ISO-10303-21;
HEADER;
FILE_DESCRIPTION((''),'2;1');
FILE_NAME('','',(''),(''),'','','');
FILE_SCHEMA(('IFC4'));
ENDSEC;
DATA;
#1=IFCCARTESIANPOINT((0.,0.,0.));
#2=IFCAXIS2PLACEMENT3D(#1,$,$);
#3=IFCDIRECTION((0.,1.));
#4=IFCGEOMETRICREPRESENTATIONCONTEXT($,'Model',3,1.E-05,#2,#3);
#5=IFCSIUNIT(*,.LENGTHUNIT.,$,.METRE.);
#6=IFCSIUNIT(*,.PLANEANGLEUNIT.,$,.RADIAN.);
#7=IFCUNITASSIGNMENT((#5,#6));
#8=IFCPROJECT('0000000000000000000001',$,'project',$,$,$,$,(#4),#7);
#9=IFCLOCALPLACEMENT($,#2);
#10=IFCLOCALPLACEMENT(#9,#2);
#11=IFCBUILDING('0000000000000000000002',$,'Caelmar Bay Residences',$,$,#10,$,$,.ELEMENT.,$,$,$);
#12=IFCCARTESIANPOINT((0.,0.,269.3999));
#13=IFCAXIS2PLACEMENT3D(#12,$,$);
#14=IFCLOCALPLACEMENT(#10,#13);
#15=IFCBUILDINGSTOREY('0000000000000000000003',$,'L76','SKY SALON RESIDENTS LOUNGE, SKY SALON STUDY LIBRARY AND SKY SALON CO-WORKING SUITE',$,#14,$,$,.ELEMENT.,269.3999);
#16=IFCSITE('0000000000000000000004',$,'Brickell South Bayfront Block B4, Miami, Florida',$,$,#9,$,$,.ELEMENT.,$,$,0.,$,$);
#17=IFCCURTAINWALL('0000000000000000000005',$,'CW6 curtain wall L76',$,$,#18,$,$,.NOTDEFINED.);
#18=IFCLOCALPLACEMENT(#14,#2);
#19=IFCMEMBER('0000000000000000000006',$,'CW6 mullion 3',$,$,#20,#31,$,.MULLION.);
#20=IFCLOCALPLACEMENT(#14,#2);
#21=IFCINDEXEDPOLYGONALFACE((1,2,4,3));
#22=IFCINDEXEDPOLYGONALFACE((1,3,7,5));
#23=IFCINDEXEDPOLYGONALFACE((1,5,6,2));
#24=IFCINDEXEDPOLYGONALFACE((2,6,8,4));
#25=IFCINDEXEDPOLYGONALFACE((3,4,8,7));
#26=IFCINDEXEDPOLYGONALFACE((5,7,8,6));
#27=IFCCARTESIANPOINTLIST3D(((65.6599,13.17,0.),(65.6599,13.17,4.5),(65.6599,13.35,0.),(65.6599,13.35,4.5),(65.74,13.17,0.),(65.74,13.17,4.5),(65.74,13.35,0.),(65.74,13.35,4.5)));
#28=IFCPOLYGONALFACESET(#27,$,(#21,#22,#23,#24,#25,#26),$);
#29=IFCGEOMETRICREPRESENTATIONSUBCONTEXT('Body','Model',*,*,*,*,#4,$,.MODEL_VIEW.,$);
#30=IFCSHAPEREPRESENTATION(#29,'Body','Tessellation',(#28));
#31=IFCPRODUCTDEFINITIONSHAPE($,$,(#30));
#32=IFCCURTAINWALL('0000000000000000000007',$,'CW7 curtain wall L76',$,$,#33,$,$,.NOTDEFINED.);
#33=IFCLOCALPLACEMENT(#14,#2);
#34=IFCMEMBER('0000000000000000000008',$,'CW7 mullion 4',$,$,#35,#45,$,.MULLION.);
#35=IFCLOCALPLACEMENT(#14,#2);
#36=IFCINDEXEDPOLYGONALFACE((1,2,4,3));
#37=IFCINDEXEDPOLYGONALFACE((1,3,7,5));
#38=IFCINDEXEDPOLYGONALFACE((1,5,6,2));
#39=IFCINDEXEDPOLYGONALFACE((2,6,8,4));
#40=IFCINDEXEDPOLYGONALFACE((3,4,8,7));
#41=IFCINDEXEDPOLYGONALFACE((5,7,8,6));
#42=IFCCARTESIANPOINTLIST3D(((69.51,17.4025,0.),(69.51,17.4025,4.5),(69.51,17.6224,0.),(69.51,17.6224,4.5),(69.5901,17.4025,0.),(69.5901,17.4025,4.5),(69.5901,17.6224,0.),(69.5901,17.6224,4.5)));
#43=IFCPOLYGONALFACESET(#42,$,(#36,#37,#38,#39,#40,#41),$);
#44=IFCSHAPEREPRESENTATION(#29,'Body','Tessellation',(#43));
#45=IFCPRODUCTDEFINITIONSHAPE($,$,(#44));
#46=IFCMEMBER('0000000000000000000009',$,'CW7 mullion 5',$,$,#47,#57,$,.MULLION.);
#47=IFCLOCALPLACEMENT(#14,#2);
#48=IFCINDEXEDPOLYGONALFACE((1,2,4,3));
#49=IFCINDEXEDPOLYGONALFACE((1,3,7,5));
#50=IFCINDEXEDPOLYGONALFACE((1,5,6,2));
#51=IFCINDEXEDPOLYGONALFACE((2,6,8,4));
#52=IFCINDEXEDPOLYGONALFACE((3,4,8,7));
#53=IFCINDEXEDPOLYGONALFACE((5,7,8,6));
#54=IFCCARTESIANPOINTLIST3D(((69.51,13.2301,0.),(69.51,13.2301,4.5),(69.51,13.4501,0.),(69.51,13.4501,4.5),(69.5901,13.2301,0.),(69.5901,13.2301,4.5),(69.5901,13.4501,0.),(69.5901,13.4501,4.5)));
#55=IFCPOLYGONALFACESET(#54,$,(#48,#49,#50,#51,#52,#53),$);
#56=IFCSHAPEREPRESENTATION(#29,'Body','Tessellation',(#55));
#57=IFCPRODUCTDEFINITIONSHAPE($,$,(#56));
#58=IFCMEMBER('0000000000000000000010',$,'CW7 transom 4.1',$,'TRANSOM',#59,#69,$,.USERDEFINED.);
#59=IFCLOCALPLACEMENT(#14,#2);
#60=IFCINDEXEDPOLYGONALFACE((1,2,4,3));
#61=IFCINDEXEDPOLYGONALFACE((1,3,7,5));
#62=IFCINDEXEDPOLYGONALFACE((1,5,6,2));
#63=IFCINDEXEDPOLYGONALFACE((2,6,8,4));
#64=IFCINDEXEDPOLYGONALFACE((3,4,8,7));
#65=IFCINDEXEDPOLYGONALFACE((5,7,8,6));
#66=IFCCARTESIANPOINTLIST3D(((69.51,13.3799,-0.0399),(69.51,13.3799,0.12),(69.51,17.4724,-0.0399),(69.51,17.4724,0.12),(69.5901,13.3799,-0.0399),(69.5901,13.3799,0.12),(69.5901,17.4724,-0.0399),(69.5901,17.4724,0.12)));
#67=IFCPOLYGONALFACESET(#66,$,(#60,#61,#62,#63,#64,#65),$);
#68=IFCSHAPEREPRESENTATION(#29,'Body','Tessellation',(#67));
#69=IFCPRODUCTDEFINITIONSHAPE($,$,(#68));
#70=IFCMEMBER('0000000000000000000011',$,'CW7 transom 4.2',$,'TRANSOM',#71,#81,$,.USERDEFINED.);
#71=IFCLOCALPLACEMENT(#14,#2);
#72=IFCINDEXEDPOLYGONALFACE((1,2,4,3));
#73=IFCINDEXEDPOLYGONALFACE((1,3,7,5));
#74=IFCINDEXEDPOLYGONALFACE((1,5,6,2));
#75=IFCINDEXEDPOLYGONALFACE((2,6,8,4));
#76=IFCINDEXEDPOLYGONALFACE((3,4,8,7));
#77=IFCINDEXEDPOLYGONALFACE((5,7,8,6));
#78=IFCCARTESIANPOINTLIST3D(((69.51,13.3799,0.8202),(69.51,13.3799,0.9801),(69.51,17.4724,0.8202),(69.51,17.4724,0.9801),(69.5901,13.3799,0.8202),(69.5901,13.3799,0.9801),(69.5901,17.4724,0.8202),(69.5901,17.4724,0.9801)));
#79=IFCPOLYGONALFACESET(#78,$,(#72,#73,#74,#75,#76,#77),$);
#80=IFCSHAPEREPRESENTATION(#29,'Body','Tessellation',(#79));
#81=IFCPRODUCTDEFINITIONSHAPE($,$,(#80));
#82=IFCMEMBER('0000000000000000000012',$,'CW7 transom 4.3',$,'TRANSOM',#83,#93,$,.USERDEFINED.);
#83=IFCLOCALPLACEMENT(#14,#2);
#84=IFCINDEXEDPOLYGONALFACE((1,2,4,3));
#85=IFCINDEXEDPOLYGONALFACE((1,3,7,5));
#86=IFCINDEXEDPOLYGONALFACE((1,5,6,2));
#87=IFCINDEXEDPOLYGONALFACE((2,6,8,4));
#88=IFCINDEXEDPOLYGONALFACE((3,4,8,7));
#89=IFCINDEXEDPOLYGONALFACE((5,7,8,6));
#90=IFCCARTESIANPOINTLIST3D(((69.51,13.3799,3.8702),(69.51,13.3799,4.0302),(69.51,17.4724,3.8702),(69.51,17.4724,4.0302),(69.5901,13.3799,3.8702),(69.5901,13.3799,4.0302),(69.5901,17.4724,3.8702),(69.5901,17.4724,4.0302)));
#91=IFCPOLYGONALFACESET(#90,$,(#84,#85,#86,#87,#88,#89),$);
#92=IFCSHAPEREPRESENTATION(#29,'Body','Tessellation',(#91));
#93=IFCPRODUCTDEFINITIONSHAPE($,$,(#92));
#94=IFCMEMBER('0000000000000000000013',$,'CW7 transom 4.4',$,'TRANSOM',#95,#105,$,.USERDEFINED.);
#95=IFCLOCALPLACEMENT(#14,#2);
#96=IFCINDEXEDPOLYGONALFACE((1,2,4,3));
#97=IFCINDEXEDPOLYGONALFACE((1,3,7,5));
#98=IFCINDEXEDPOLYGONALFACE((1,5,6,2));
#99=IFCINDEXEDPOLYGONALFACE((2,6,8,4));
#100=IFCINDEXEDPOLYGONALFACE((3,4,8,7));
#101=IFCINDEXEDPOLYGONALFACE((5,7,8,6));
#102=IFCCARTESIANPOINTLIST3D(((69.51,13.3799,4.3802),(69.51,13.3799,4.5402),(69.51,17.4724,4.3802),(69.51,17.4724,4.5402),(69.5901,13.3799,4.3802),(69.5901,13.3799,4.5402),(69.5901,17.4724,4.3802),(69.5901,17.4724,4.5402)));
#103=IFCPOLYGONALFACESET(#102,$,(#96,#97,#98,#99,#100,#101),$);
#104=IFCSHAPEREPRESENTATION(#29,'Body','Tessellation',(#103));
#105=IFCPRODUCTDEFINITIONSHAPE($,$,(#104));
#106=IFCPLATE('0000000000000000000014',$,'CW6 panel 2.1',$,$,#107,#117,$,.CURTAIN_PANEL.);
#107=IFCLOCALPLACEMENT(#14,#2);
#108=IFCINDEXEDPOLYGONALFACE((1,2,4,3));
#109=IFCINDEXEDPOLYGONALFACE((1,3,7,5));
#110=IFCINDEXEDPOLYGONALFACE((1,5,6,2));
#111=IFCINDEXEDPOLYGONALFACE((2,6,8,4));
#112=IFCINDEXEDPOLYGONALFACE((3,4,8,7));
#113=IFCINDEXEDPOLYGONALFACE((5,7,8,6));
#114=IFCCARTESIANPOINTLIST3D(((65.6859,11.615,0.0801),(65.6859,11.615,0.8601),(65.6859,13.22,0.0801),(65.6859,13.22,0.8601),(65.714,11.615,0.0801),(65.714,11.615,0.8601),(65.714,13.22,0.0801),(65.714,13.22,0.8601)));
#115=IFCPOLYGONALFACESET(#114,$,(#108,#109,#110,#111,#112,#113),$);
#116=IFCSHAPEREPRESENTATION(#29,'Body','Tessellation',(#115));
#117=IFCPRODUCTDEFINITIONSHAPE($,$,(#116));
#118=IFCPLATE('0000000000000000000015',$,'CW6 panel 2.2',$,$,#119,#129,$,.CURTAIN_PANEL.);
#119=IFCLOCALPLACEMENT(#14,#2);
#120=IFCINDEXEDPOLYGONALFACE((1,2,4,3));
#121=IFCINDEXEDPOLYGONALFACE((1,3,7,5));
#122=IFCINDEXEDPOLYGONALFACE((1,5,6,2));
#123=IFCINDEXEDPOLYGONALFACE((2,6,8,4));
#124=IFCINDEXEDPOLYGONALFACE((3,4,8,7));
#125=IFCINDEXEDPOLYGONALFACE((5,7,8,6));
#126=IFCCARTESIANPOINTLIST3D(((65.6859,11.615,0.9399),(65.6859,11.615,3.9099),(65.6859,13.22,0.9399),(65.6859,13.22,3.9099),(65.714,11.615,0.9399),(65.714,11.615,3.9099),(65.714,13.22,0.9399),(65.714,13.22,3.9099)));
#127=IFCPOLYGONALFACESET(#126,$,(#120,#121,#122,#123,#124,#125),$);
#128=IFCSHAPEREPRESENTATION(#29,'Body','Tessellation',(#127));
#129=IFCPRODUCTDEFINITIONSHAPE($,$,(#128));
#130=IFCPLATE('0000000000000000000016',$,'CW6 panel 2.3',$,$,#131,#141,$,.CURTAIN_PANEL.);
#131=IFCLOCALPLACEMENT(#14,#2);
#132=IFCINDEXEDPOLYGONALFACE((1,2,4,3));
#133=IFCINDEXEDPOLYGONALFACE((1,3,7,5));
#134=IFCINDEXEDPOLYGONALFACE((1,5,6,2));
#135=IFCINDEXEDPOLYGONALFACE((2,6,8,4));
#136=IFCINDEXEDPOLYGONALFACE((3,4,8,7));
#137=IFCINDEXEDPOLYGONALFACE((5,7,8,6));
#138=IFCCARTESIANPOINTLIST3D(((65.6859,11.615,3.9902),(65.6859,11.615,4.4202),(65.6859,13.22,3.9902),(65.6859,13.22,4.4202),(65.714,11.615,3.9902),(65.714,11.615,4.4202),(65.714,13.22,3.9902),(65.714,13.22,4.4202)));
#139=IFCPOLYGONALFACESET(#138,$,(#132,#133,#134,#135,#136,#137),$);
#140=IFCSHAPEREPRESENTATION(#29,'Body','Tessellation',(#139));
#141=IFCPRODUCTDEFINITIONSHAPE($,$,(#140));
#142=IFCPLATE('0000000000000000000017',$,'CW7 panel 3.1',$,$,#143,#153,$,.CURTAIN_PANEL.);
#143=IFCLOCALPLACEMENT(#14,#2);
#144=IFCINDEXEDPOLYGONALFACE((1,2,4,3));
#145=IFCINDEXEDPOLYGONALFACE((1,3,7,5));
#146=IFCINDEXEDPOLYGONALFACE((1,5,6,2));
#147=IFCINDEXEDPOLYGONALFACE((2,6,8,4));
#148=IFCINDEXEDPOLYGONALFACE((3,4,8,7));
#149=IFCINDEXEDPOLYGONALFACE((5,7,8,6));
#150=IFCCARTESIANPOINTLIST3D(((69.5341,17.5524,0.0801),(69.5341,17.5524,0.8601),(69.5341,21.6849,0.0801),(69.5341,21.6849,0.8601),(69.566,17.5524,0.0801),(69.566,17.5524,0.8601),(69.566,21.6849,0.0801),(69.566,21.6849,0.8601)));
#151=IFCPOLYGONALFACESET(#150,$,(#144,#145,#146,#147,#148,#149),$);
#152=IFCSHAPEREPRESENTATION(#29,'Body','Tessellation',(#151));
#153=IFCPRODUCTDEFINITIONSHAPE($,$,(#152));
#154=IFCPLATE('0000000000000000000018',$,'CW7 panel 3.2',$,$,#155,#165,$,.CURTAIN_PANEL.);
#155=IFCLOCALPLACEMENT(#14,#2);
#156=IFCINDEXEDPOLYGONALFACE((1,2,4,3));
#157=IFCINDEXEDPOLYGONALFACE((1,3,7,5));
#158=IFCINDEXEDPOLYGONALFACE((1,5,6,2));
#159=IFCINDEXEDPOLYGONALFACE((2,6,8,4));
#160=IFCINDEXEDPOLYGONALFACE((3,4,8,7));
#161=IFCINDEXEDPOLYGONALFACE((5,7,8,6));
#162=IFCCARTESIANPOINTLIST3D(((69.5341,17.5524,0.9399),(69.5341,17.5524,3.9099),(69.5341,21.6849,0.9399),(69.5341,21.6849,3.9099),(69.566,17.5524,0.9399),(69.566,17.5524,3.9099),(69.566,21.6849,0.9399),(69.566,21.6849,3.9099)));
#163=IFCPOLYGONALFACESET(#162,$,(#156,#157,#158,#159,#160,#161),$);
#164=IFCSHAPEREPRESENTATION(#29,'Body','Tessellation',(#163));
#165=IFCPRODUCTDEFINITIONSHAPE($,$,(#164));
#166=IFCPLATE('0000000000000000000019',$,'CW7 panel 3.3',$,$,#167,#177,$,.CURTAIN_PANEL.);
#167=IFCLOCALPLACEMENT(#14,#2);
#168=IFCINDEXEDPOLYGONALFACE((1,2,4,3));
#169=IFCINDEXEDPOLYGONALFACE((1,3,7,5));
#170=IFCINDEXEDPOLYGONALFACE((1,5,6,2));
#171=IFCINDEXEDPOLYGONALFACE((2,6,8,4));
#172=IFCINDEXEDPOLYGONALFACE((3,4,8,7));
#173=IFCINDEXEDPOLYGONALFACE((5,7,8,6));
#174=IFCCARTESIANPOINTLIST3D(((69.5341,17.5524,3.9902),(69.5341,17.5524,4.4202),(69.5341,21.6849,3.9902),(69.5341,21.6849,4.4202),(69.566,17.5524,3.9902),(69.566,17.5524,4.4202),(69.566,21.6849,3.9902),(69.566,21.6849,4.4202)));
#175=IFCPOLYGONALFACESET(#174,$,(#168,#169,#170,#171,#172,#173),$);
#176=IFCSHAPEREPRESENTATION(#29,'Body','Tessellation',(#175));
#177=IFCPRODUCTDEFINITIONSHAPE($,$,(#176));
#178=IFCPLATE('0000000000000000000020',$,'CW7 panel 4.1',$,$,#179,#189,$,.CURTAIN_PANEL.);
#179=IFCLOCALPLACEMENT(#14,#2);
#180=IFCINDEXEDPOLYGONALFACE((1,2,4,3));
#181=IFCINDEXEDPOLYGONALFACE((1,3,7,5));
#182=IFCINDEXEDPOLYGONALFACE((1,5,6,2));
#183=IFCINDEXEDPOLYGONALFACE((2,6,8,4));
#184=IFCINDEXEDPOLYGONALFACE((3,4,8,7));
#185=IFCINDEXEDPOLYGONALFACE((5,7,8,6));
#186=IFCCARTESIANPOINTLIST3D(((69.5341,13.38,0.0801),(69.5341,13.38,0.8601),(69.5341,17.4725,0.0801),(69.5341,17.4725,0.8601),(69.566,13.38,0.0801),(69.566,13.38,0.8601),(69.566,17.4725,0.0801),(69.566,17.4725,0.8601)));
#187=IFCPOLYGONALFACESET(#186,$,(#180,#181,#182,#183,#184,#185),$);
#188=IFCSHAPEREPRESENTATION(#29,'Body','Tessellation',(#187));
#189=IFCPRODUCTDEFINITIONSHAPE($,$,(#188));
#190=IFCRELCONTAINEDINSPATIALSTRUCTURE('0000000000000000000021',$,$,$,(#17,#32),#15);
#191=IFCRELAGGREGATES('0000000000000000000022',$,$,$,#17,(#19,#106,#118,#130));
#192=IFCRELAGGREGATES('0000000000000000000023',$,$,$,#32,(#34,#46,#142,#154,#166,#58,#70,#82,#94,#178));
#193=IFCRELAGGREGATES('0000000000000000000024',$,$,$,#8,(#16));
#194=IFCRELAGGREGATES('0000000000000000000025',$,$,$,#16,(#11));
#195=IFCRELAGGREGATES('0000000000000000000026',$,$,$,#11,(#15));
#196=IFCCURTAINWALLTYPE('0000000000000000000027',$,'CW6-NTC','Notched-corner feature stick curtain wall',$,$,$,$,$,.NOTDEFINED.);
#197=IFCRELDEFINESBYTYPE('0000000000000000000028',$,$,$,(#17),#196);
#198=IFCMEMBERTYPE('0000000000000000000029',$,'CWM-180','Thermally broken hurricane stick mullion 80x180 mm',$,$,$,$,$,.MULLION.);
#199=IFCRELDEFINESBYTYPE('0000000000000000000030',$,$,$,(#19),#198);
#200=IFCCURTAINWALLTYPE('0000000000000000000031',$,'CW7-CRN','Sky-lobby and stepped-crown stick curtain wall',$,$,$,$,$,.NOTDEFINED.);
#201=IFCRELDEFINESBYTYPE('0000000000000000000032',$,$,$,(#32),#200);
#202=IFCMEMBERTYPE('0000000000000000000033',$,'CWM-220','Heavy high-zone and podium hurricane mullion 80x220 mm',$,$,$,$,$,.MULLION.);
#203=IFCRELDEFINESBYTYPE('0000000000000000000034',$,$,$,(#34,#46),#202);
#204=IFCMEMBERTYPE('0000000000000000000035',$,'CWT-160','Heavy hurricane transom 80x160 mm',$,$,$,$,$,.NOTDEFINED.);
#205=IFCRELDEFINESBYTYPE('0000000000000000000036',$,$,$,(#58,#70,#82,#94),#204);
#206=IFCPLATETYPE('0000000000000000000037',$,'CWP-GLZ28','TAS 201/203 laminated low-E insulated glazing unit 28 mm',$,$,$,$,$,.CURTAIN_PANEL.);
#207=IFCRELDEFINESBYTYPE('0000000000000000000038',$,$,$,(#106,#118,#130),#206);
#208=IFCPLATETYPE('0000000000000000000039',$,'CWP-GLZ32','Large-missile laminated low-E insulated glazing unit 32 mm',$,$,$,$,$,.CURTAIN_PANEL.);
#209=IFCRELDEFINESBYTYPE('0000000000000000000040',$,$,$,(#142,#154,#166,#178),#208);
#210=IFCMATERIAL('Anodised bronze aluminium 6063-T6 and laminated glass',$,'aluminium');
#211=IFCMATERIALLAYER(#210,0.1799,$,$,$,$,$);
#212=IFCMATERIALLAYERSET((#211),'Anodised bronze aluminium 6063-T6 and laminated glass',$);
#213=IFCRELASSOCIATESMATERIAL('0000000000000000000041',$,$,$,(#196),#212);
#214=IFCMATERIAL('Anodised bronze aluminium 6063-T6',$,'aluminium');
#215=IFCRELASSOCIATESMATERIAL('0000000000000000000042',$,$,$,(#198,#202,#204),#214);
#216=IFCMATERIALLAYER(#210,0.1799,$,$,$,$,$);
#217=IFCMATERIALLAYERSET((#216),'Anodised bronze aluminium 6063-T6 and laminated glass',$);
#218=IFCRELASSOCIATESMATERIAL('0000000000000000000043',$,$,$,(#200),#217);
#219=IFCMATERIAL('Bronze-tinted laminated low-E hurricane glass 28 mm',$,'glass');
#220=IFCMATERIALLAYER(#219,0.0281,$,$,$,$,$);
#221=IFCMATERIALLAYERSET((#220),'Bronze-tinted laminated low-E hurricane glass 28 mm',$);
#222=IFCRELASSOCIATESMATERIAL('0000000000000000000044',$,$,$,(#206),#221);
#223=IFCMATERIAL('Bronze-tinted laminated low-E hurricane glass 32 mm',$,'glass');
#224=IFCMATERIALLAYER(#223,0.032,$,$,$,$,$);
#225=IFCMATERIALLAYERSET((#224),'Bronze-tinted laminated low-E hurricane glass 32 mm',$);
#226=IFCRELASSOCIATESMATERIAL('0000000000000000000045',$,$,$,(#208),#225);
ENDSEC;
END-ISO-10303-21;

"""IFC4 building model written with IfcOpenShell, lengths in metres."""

from ifc_helpers import new_model, si_unit, direction, frame, origin, origin_2d, place, context, subcontext, project, spatial, rectangle, extrude, material, layer, layer_set, material_profile, profile_set, type_object, element, aggregate, save


model = new_model("IFC4")

# Units and contexts
model_context = context("Model", 3, precision=1e-05, world=origin(), true_north=direction((0.0, 1.0)))
body_context = subcontext(model_context, "Body", "Model", "MODEL_VIEW")
ifc_project = project(units=[si_unit("LENGTHUNIT", "METRE"), si_unit("PLANEANGLEUNIT", "RADIAN")], contexts=[model_context])

# Site, building, storey
site_placement = place(None, origin())
site = spatial("IfcSite", under=ifc_project, at=site_placement, Name="Brickell South Bayfront Block B4, Miami, Florida", CompositionType="ELEMENT", RefElevation=0.0)
building_placement = place(site_placement, origin())
building = spatial("IfcBuilding", under=site, at=building_placement, Name="Caelmar Bay Residences", CompositionType="ELEMENT")
storey_placement = place(building_placement, frame((0.0, 0.0, 269.3999)))
storey = spatial("IfcBuildingStorey", under=building, at=storey_placement, Name="L76", Description="SKY SALON RESIDENTS LOUNGE, SKY SALON STUDY LIBRARY AND SKY SALON CO-WORKING SUITE", CompositionType="ELEMENT", Elevation=269.3999)

# Curtain wall, member
ifc_material_1 = material(Name="Anodised bronze aluminium 6063-T6 and laminated glass", Category="aluminium")
ifc_layer_1 = layer(ifc_material_1, 0.1799)
ifc_layer_set_1 = layer_set([ifc_layer_1], Name="Anodised bronze aluminium 6063-T6 and laminated glass")
curtain_wall_type_1 = type_object("IfcCurtainWallType", Name="CW6-NTC", Description="Notched-corner feature stick curtain wall", PredefinedType="NOTDEFINED", material=ifc_layer_set_1)
curtain_wall_1_placement = place(storey_placement, origin())
curtain_wall_1 = element("IfcCurtainWall", 1, at=curtain_wall_1_placement, inside=storey, type_object=curtain_wall_type_1, Name="CW6 curtain wall L76", PredefinedType="NOTDEFINED")
ifc_material_2 = material(Name="Anodised bronze aluminium 6063-T6", Category="aluminium")
ifc_material_profile_1 = material_profile(ifc_material_2, rectangle(XDim=0.0801, YDim=0.1799, at=origin_2d()), Name="CWM-80X180")
ifc_profile_set_1 = profile_set([ifc_material_profile_1], Name="Anodised bronze aluminium 6063-T6")
member_type_1 = type_object("IfcMemberType", Name="CWM-180", Description="Thermally broken hurricane stick mullion 80x180 mm", PredefinedType="MULLION", material=ifc_profile_set_1)
member_1_placement = place(storey_placement, frame((65.7, 13.26, 0.0), z_axis=(0.0, 0.0, 1.0), x_axis=(-1.0, 0.0, 0.0)))
member_1 = element("IfcMember", 2, at=member_1_placement, type_object=member_type_1, Name="CW6 mullion 3", PredefinedType="MULLION", context=body_context, shape_type="SweptSolid", body=[
    extrude(rectangle(XDim=0.0801, YDim=0.1799, at=origin_2d()), origin(), (0.0, 0.0, 1.0), 4.5),
])

# Curtain wall, members
ifc_layer_2 = layer(ifc_material_1, 0.1799)
ifc_layer_set_2 = layer_set([ifc_layer_2], Name="Anodised bronze aluminium 6063-T6 and laminated glass")
curtain_wall_type_2 = type_object("IfcCurtainWallType", Name="CW7-CRN", Description="Sky-lobby and stepped-crown stick curtain wall", PredefinedType="NOTDEFINED", material=ifc_layer_set_2)
curtain_wall_2_placement = place(storey_placement, origin())
curtain_wall_2 = element("IfcCurtainWall", 3, at=curtain_wall_2_placement, inside=storey, type_object=curtain_wall_type_2, Name="CW7 curtain wall L76", PredefinedType="NOTDEFINED")
ifc_material_profile_2 = material_profile(ifc_material_2, rectangle(XDim=0.0801, YDim=0.22, at=origin_2d()), Name="CWM-80X220")
ifc_profile_set_2 = profile_set([ifc_material_profile_2], Name="Anodised bronze aluminium 6063-T6")
member_type_2 = type_object("IfcMemberType", Name="CWM-220", Description="Heavy high-zone and podium hurricane mullion 80x220 mm", PredefinedType="MULLION", material=ifc_profile_set_2)
member_2_placement = place(storey_placement, frame((69.55, 17.5125, 0.0), z_axis=(0.0, 0.0, 1.0), x_axis=(1.0, 0.0, 0.0)))
member_2 = element("IfcMember", 4, at=member_2_placement, type_object=member_type_2, Name="CW7 mullion 4", PredefinedType="MULLION", context=body_context, shape_type="SweptSolid", body=[
    extrude(rectangle(XDim=0.0801, YDim=0.22, at=origin_2d()), origin(), (0.0, 0.0, 1.0), 4.5),
])
member_3_placement = place(storey_placement, frame((69.55, 13.3401, 0.0), z_axis=(0.0, 0.0, 1.0), x_axis=(1.0, 0.0, 0.0)))
member_3 = element("IfcMember", 5, at=member_3_placement, type_object=member_type_2, Name="CW7 mullion 5", PredefinedType="MULLION", context=body_context, shape_type="SweptSolid", body=[
    extrude(rectangle(XDim=0.0801, YDim=0.22, at=origin_2d()), origin(), (0.0, 0.0, 1.0), 4.5),
])
ifc_material_profile_3 = material_profile(ifc_material_2, rectangle(XDim=0.0801, YDim=0.1599, at=origin_2d()), Name="CWT-80X160")
ifc_profile_set_3 = profile_set([ifc_material_profile_3], Name="Anodised bronze aluminium 6063-T6")
member_type_3 = type_object("IfcMemberType", Name="CWT-160", Description="Heavy hurricane transom 80x160 mm", PredefinedType="NOTDEFINED", material=ifc_profile_set_3)
member_4_placement = place(storey_placement, frame((69.55, 17.4724, 0.04), z_axis=(0.0, -1.0, 0.0), x_axis=(1.0, 0.0, 0.0)))
member_4 = element("IfcMember", 6, at=member_4_placement, type_object=member_type_3, Name="CW7 transom 4.1", ObjectType="TRANSOM", PredefinedType="USERDEFINED", context=body_context, shape_type="SweptSolid", body=[
    extrude(rectangle(XDim=0.0801, YDim=0.1599, at=origin_2d()), origin(), (0.0, 0.0, 1.0), 4.0925),
])
member_5_placement = place(storey_placement, frame((69.55, 17.4724, 0.9001), z_axis=(0.0, -1.0, 0.0), x_axis=(1.0, 0.0, 0.0)))
member_5 = element("IfcMember", 7, at=member_5_placement, type_object=member_type_3, Name="CW7 transom 4.2", ObjectType="TRANSOM", PredefinedType="USERDEFINED", context=body_context, shape_type="SweptSolid", body=[
    extrude(rectangle(XDim=0.0801, YDim=0.1599, at=origin_2d()), origin(), (0.0, 0.0, 1.0), 4.0925),
])
member_6_placement = place(storey_placement, frame((69.55, 17.4724, 3.9502), z_axis=(0.0, -1.0, 0.0), x_axis=(1.0, 0.0, 0.0)))
member_6 = element("IfcMember", 8, at=member_6_placement, type_object=member_type_3, Name="CW7 transom 4.3", ObjectType="TRANSOM", PredefinedType="USERDEFINED", context=body_context, shape_type="SweptSolid", body=[
    extrude(rectangle(XDim=0.0801, YDim=0.1599, at=origin_2d()), origin(), (0.0, 0.0, 1.0), 4.0925),
])
member_7_placement = place(storey_placement, frame((69.55, 17.4724, 4.4602), z_axis=(0.0, -1.0, 0.0), x_axis=(1.0, 0.0, 0.0)))
member_7 = element("IfcMember", 9, at=member_7_placement, type_object=member_type_3, Name="CW7 transom 4.4", ObjectType="TRANSOM", PredefinedType="USERDEFINED", context=body_context, shape_type="SweptSolid", body=[
    extrude(rectangle(XDim=0.0801, YDim=0.1599, at=origin_2d()), origin(), (0.0, 0.0, 1.0), 4.0925),
])

# Plates
ifc_material_3 = material(Name="Bronze-tinted laminated low-E hurricane glass 28 mm", Category="glass")
ifc_layer_3 = layer(ifc_material_3, 0.0281)
ifc_layer_set_3 = layer_set([ifc_layer_3], Name="Bronze-tinted laminated low-E hurricane glass 28 mm")
plate_type_1 = type_object("IfcPlateType", Name="CWP-GLZ28", Description="TAS 201/203 laminated low-E insulated glazing unit 28 mm", PredefinedType="CURTAIN_PANEL", material=ifc_layer_set_3)
plate_1_placement = place(storey_placement, frame((65.7, 12.4175, 0.0801), z_axis=(0.0, 0.0, 1.0), x_axis=(0.0, 1.0, 0.0)))
plate_1 = element("IfcPlate", 10, at=plate_1_placement, type_object=plate_type_1, Name="CW6 panel 2.1", PredefinedType="CURTAIN_PANEL", context=body_context, shape_type="SweptSolid", body=[
    extrude(rectangle(XDim=1.605, YDim=0.0281, at=origin_2d()), origin(), (0.0, 0.0, 1.0), 0.78),
])
plate_2_placement = place(storey_placement, frame((65.7, 12.4175, 0.9399), z_axis=(0.0, 0.0, 1.0), x_axis=(0.0, 1.0, 0.0)))
plate_2 = element("IfcPlate", 11, at=plate_2_placement, type_object=plate_type_1, Name="CW6 panel 2.2", PredefinedType="CURTAIN_PANEL", context=body_context, shape_type="SweptSolid", body=[
    extrude(rectangle(XDim=1.605, YDim=0.0281, at=origin_2d()), origin(), (0.0, 0.0, 1.0), 2.97),
])
plate_3_placement = place(storey_placement, frame((65.7, 12.4175, 3.9902), z_axis=(0.0, 0.0, 1.0), x_axis=(0.0, 1.0, 0.0)))
plate_3 = element("IfcPlate", 12, at=plate_3_placement, type_object=plate_type_1, Name="CW6 panel 2.3", PredefinedType="CURTAIN_PANEL", context=body_context, shape_type="SweptSolid", body=[
    extrude(rectangle(XDim=1.605, YDim=0.0281, at=origin_2d()), origin(), (0.0, 0.0, 1.0), 0.4299),
])
aggregate(curtain_wall_1, [member_1, plate_1, plate_2, plate_3])
ifc_material_4 = material(Name="Bronze-tinted laminated low-E hurricane glass 32 mm", Category="glass")
ifc_layer_4 = layer(ifc_material_4, 0.032)
ifc_layer_set_4 = layer_set([ifc_layer_4], Name="Bronze-tinted laminated low-E hurricane glass 32 mm")
plate_type_2 = type_object("IfcPlateType", Name="CWP-GLZ32", Description="Large-missile laminated low-E insulated glazing unit 32 mm", PredefinedType="CURTAIN_PANEL", material=ifc_layer_set_4)
plate_4_placement = place(storey_placement, frame((69.55, 19.6187, 0.0801), z_axis=(0.0, 0.0, 1.0), x_axis=(0.0, -1.0, 0.0)))
plate_4 = element("IfcPlate", 13, at=plate_4_placement, type_object=plate_type_2, Name="CW7 panel 3.1", PredefinedType="CURTAIN_PANEL", context=body_context, shape_type="SweptSolid", body=[
    extrude(rectangle(XDim=4.1326, YDim=0.032, at=origin_2d()), origin(), (0.0, 0.0, 1.0), 0.78),
])
plate_5_placement = place(storey_placement, frame((69.55, 19.6187, 0.9399), z_axis=(0.0, 0.0, 1.0), x_axis=(0.0, -1.0, 0.0)))
plate_5 = element("IfcPlate", 14, at=plate_5_placement, type_object=plate_type_2, Name="CW7 panel 3.2", PredefinedType="CURTAIN_PANEL", context=body_context, shape_type="SweptSolid", body=[
    extrude(rectangle(XDim=4.1326, YDim=0.032, at=origin_2d()), origin(), (0.0, 0.0, 1.0), 2.97),
])
plate_6_placement = place(storey_placement, frame((69.55, 19.6187, 3.9902), z_axis=(0.0, 0.0, 1.0), x_axis=(0.0, -1.0, 0.0)))
plate_6 = element("IfcPlate", 15, at=plate_6_placement, type_object=plate_type_2, Name="CW7 panel 3.3", PredefinedType="CURTAIN_PANEL", context=body_context, shape_type="SweptSolid", body=[
    extrude(rectangle(XDim=4.1326, YDim=0.032, at=origin_2d()), origin(), (0.0, 0.0, 1.0), 0.4299),
])
plate_7_placement = place(storey_placement, frame((69.55, 15.4263, 0.0801), z_axis=(0.0, 0.0, 1.0), x_axis=(0.0, -1.0, 0.0)))
plate_7 = element("IfcPlate", 16, at=plate_7_placement, type_object=plate_type_2, Name="CW7 panel 4.1", PredefinedType="CURTAIN_PANEL", context=body_context, shape_type="SweptSolid", body=[
    extrude(rectangle(XDim=4.0925, YDim=0.032, at=origin_2d()), origin(), (0.0, 0.0, 1.0), 0.78),
])
aggregate(curtain_wall_2, [member_2, member_3, plate_4, plate_5, plate_6, member_4, member_5, member_6, member_7, plate_7])

save(model, "model.ifc")
